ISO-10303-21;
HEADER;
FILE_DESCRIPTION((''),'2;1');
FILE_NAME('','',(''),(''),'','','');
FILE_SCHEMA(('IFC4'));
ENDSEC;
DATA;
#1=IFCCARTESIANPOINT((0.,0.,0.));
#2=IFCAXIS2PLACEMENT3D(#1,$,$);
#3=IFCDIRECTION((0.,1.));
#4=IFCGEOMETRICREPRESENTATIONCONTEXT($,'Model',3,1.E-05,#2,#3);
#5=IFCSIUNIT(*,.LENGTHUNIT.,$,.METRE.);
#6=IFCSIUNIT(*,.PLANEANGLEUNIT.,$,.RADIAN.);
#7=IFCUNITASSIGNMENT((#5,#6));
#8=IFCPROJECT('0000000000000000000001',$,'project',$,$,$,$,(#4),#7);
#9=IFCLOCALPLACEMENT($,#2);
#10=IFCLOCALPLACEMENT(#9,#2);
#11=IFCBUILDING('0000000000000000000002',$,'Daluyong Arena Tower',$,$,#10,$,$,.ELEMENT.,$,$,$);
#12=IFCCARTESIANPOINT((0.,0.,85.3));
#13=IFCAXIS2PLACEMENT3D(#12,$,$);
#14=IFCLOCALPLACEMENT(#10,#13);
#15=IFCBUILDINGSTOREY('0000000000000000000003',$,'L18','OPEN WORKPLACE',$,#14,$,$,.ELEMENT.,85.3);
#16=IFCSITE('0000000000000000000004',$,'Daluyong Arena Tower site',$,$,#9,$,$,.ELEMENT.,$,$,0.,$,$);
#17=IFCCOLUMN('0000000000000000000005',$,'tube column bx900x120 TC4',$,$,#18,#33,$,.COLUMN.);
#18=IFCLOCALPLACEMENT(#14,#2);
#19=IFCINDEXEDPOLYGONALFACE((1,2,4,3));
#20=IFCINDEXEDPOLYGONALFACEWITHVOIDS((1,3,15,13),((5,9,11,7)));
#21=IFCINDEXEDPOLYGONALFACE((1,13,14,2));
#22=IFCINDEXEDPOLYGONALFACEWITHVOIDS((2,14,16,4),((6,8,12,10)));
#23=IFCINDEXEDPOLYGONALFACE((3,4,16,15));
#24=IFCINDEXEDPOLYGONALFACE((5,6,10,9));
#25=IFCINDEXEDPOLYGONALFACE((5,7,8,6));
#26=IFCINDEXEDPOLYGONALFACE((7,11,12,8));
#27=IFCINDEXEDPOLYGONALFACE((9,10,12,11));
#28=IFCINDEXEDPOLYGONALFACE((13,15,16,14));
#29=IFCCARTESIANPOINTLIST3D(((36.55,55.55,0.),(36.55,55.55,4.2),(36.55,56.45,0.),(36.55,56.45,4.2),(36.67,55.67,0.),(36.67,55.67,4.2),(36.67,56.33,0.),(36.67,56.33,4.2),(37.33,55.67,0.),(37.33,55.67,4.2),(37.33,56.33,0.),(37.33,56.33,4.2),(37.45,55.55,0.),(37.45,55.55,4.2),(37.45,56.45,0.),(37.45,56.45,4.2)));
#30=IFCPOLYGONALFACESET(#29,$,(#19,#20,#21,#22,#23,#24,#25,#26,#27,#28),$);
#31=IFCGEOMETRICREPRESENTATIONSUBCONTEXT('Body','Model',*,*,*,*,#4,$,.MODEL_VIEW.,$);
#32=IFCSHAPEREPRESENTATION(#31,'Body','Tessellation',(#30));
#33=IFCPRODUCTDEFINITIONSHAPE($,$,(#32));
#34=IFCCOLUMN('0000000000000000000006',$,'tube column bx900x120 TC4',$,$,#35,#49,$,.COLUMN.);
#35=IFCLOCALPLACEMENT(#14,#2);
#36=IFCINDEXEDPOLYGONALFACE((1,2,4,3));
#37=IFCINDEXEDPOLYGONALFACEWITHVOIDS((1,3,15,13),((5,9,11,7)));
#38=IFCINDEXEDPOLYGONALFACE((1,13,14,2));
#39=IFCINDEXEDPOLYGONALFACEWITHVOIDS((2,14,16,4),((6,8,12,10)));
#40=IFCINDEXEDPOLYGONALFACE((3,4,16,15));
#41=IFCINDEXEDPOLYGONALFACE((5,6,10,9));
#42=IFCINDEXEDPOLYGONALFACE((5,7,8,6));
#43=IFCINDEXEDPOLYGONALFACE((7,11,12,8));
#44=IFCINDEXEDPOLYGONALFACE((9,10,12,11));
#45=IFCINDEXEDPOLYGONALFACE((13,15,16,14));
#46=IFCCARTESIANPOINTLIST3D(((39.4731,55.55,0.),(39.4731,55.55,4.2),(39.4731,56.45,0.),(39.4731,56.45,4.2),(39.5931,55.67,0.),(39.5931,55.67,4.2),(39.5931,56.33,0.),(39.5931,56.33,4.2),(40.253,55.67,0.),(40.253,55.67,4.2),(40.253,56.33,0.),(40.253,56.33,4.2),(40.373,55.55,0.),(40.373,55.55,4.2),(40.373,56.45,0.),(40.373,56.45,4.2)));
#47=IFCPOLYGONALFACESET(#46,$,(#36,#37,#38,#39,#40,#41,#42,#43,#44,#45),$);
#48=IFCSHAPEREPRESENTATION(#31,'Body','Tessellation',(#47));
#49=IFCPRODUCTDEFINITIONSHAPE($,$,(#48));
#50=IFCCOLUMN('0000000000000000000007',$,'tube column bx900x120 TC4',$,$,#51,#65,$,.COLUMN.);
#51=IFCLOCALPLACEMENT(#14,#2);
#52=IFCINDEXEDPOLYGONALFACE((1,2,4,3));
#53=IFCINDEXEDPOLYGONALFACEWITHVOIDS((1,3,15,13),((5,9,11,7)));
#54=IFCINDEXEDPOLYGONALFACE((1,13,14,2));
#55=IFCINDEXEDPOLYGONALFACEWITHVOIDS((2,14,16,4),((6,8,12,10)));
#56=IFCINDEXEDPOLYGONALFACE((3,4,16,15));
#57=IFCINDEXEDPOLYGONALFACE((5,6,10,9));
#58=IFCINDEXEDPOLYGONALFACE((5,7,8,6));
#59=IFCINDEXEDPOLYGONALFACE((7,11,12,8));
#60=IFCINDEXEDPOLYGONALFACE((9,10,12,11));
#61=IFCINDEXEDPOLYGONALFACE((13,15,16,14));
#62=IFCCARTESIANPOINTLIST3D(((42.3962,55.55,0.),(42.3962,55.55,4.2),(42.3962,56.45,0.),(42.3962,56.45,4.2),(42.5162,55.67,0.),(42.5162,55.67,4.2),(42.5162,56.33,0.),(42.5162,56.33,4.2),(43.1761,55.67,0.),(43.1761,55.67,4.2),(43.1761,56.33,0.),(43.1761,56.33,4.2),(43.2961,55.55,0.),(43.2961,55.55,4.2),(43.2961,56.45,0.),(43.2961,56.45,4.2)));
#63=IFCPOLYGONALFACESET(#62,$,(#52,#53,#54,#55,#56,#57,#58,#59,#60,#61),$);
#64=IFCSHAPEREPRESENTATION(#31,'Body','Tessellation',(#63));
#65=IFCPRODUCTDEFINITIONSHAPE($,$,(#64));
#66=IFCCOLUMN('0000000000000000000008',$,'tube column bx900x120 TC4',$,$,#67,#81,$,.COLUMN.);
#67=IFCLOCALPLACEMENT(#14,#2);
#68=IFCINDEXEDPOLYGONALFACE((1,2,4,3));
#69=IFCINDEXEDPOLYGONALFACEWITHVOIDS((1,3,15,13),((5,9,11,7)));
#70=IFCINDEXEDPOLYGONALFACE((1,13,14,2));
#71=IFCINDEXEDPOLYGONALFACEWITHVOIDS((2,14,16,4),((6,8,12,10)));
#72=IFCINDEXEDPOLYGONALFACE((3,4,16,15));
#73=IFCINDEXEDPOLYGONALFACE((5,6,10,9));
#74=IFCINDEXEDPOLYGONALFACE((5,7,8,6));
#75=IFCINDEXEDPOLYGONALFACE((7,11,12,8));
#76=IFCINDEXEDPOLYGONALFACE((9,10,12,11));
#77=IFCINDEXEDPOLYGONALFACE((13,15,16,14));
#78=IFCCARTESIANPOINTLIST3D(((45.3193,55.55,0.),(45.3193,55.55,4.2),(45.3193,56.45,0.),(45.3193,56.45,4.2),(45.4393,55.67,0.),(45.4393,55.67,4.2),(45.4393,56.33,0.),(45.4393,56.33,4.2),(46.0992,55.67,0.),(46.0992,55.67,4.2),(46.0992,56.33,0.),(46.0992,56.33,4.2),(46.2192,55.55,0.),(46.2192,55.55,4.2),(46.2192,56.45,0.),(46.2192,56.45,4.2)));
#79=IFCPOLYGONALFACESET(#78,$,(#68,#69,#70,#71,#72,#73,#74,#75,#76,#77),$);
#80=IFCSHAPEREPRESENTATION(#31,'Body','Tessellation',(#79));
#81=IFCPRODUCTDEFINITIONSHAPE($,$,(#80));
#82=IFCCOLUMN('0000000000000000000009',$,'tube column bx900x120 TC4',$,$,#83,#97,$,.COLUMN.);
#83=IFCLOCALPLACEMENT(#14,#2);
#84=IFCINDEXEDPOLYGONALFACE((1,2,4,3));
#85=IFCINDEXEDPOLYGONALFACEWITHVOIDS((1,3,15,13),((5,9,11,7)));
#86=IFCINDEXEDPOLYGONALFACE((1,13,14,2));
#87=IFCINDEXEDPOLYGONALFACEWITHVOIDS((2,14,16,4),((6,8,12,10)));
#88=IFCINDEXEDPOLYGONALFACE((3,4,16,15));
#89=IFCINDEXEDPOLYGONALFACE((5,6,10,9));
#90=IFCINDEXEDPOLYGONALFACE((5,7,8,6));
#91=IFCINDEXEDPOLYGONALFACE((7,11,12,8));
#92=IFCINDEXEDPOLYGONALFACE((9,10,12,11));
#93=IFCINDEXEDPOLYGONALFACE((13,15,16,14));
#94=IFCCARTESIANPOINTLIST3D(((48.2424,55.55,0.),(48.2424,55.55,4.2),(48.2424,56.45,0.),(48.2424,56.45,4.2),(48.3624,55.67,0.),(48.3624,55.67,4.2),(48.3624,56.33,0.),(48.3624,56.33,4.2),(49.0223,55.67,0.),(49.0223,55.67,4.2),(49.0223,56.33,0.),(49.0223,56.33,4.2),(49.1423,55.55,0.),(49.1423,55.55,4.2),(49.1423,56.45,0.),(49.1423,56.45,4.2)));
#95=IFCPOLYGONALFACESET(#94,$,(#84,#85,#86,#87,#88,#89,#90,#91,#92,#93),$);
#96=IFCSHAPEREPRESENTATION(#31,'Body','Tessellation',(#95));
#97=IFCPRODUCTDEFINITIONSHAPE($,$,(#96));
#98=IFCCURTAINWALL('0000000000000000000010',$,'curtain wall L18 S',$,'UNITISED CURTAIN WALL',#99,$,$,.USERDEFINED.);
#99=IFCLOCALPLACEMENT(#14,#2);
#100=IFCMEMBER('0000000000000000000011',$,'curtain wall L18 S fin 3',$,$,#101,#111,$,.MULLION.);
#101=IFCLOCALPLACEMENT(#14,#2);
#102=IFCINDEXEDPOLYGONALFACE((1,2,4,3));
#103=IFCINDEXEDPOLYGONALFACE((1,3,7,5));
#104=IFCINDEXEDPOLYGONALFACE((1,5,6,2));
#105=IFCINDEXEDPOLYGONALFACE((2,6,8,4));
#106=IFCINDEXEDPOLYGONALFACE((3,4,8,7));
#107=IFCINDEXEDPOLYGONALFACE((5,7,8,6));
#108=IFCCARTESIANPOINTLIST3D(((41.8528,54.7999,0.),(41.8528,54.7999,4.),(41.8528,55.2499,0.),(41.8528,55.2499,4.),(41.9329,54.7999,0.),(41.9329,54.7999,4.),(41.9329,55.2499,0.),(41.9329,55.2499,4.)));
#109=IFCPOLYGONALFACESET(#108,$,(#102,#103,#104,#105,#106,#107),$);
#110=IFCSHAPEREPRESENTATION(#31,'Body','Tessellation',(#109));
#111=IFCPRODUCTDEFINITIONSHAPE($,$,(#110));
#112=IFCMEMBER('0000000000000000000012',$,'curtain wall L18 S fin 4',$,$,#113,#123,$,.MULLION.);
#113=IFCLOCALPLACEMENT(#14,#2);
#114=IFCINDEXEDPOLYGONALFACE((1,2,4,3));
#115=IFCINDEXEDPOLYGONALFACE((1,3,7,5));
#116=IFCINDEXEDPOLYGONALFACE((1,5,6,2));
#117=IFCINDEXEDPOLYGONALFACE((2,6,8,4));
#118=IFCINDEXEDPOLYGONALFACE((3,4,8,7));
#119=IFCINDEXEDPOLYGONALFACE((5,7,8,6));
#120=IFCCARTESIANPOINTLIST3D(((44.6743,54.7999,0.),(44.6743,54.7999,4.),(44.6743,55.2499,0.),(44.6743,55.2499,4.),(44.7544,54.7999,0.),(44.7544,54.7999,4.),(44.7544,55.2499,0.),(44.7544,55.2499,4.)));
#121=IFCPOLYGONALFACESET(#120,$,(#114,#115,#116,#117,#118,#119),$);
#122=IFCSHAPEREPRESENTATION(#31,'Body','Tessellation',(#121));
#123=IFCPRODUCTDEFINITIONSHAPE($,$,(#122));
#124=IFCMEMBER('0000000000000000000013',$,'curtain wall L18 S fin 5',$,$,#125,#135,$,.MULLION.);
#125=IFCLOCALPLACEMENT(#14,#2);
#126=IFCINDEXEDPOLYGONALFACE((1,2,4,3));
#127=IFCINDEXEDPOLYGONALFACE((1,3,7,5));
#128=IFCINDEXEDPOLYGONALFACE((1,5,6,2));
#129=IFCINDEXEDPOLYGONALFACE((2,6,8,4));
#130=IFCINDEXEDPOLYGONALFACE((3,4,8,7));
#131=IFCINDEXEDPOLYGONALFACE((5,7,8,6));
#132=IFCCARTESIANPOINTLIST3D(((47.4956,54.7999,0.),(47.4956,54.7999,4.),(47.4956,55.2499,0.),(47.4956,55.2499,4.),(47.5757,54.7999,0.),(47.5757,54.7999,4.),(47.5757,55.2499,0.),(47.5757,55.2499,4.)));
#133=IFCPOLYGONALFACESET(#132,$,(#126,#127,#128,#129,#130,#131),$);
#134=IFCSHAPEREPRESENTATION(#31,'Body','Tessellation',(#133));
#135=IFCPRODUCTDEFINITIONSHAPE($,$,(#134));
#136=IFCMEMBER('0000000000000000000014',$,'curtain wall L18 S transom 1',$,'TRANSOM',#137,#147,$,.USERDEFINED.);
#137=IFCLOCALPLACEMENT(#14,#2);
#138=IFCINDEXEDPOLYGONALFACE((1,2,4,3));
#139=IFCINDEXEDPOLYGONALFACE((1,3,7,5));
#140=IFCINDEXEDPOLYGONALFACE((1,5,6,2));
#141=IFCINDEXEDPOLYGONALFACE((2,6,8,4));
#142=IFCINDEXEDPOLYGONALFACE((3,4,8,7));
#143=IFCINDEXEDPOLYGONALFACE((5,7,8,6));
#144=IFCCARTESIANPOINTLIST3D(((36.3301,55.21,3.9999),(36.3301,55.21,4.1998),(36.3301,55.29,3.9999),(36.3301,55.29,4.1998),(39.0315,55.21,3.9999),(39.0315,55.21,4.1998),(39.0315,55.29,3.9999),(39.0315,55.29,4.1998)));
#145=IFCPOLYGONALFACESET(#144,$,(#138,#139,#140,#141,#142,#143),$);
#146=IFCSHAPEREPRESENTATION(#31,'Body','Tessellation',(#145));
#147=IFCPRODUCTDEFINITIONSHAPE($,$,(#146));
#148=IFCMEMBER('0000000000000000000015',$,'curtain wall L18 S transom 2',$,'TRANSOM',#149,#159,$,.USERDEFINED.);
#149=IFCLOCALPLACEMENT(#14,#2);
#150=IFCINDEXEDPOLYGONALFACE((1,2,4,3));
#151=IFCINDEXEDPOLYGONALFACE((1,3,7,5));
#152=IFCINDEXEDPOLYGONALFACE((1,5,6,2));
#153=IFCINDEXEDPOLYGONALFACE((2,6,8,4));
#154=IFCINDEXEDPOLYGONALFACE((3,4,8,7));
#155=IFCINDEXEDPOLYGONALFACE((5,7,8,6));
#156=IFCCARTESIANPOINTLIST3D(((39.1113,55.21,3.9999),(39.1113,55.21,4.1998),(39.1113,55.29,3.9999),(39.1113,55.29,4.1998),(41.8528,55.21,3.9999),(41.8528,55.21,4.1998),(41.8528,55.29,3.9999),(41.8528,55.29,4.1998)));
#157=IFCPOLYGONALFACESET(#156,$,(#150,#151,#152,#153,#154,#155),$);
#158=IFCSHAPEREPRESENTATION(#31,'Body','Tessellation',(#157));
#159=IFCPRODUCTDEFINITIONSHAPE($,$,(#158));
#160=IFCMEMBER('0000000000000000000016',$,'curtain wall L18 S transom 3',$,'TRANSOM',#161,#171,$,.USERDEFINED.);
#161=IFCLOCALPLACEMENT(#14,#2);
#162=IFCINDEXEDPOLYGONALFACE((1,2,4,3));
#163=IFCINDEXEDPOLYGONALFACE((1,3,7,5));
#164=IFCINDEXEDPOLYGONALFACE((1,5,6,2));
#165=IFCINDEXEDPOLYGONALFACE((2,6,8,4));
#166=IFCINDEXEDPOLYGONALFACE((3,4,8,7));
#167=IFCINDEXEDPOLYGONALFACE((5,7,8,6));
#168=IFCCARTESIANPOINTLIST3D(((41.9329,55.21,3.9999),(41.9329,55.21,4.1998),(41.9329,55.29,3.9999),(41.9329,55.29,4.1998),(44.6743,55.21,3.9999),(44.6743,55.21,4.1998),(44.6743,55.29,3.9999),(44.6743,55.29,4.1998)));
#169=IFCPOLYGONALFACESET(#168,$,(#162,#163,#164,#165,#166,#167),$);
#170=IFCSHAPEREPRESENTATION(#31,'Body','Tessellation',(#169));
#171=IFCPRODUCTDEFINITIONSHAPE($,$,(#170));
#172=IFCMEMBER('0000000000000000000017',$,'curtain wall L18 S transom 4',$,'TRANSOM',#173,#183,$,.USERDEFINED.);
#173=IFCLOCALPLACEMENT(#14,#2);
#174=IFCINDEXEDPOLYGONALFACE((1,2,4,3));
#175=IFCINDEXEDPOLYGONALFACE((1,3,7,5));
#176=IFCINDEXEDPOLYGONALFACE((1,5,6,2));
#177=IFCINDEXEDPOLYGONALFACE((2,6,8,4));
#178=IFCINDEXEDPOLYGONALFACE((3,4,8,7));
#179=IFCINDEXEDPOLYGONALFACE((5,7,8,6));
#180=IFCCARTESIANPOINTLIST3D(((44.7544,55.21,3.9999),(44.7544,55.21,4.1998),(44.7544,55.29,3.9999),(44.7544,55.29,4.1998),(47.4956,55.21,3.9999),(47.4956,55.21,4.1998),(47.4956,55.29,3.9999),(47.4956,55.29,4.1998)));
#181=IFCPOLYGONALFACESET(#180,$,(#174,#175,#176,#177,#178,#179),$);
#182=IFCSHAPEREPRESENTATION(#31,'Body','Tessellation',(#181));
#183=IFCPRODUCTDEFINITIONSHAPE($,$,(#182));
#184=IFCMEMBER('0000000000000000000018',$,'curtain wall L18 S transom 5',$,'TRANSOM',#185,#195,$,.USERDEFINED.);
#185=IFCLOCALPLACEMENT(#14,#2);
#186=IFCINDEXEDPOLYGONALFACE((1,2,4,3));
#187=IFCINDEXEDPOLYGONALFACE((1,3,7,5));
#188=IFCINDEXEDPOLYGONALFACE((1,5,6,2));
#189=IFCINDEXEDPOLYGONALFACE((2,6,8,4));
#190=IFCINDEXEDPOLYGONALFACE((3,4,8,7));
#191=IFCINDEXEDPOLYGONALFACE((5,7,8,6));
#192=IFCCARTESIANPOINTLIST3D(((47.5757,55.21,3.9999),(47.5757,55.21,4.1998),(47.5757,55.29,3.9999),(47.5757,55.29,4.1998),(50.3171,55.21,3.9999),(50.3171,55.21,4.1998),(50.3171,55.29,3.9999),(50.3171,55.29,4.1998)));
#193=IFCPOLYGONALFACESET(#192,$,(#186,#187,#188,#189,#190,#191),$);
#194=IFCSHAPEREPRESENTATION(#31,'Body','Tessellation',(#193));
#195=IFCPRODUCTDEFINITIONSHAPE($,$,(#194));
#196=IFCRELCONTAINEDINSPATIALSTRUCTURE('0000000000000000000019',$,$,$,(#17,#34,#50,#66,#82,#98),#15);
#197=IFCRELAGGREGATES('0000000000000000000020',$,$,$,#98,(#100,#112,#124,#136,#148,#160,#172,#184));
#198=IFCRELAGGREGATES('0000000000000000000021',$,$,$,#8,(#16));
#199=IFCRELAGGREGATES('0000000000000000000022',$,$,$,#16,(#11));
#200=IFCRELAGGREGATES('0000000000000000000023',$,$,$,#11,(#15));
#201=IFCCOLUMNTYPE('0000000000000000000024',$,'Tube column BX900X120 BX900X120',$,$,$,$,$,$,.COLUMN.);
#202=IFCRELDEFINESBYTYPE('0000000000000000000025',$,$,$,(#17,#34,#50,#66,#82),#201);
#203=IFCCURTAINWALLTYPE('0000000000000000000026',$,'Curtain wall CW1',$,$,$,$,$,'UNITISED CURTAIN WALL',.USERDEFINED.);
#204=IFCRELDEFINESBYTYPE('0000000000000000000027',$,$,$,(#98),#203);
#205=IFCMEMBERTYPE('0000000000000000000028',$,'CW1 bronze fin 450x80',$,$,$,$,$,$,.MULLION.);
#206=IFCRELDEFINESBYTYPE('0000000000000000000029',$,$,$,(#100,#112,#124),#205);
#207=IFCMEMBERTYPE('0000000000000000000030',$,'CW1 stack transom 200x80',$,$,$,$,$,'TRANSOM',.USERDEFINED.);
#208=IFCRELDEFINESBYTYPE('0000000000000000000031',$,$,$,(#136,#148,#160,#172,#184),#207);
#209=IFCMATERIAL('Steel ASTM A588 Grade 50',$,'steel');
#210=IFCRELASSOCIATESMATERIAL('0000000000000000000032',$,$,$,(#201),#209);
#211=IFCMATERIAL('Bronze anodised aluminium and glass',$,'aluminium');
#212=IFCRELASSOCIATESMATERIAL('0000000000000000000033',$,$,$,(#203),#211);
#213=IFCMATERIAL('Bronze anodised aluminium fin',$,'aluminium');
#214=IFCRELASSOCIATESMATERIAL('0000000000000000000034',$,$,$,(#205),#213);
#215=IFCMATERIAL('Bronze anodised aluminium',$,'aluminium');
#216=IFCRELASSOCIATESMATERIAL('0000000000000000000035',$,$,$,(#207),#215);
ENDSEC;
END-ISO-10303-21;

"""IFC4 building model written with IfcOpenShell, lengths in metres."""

from ifc_helpers import new_model, si_unit, direction, frame, origin, origin_2d, place, context, subcontext, project, spatial, rectangle, hollow_rectangle, extrude, material, material_profile, profile_set, type_object, element, aggregate, save


model = new_model("IFC4")

# Units and contexts
model_context = context("Model", 3, precision=1e-05, world=origin(), true_north=direction((0.0, 1.0)))
body_context = subcontext(model_context, "Body", "Model", "MODEL_VIEW")
ifc_project = project(units=[si_unit("LENGTHUNIT", "METRE"), si_unit("PLANEANGLEUNIT", "RADIAN")], contexts=[model_context])

# Site, building, storey
site_placement = place(None, origin())
site = spatial("IfcSite", under=ifc_project, at=site_placement, Name="Daluyong Arena Tower site", CompositionType="ELEMENT", RefElevation=0.0)
building_placement = place(site_placement, origin())
building = spatial("IfcBuilding", under=site, at=building_placement, Name="Daluyong Arena Tower", CompositionType="ELEMENT")
storey_placement = place(building_placement, frame((0.0, 0.0, 85.3)))
storey = spatial("IfcBuildingStorey", under=building, at=storey_placement, Name="L18", Description="OPEN WORKPLACE", CompositionType="ELEMENT", Elevation=85.3)

# Columns
ifc_material_1 = material(Name="Steel ASTM A588 Grade 50", Category="steel")
ifc_material_profile_1 = material_profile(ifc_material_1, hollow_rectangle(XDim=0.8999, YDim=0.8999, WallThickness=0.12, at=origin_2d()))
ifc_profile_set_1 = profile_set([ifc_material_profile_1], Name="Steel ASTM A588 Grade 50")
column_type = type_object("IfcColumnType", Name="Tube column BX900X120 BX900X120", PredefinedType="COLUMN", material=ifc_profile_set_1)
for number, where, z_axis, x_axis, name in (
    (1, (37.0, 56.0, 0.0), (0.0, 0.0, 1.0), (1.0, 0.0, 0.0), "tube column bx900x120 TC4"),
    (2, (39.9231, 56.0, 0.0), (0.0, 0.0, 1.0), (1.0, 0.0, 0.0), "tube column bx900x120 TC4"),
    (3, (42.8462, 56.0, 0.0), (0.0, 0.0, 1.0), (1.0, 0.0, 0.0), "tube column bx900x120 TC4"),
    (4, (45.7693, 56.0, 0.0), (0.0, 0.0, 1.0), (1.0, 0.0, 0.0), "tube column bx900x120 TC4"),
    (5, (48.6924, 56.0, 0.0), (0.0, 0.0, 1.0), (1.0, 0.0, 0.0), "tube column bx900x120 TC4"),
):
    element("IfcColumn", number, at=place(storey_placement, frame(where, z_axis=z_axis, x_axis=x_axis)), inside=storey, type_object=column_type, Name=name, PredefinedType="COLUMN", context=body_context, shape_type="SweptSolid", body=[
        extrude(hollow_rectangle(XDim=0.8999, YDim=0.8999, WallThickness=0.12, at=origin_2d()), origin(), (0.0, 0.0, 1.0), 4.2),
    ])

# Curtain wall, members
ifc_material_2 = material(Name="Bronze anodised aluminium and glass", Category="aluminium")
curtain_wall_type_1 = type_object("IfcCurtainWallType", Name="Curtain wall CW1", ElementType="UNITISED CURTAIN WALL", PredefinedType="USERDEFINED", material=ifc_material_2)
curtain_wall_1_placement = place(storey_placement, origin())
curtain_wall_1 = element("IfcCurtainWall", 6, at=curtain_wall_1_placement, inside=storey, type_object=curtain_wall_type_1, Name="curtain wall L18 S", ObjectType="UNITISED CURTAIN WALL", PredefinedType="USERDEFINED")
ifc_material_3 = material(Name="Bronze anodised aluminium fin", Category="aluminium")
ifc_material_profile_2 = material_profile(ifc_material_3, rectangle(XDim=0.45, YDim=0.0801, at=origin_2d()))
ifc_profile_set_2 = profile_set([ifc_material_profile_2], Name="Bronze anodised aluminium fin")
member_type_1 = type_object("IfcMemberType", Name="CW1 bronze fin 450x80", PredefinedType="MULLION", material=ifc_profile_set_2)
member_1_placement = place(storey_placement, frame((41.8928, 55.0249, 0.0), z_axis=(0.0, 0.0, 1.0), x_axis=(0.0, 1.0, 0.0)))
member_1 = element("IfcMember", 7, at=member_1_placement, type_object=member_type_1, Name="curtain wall L18 S fin 3", PredefinedType="MULLION", context=body_context, shape_type="SweptSolid", body=[
    extrude(rectangle(XDim=0.45, YDim=0.0801, at=origin_2d()), origin(), (0.0, 0.0, 1.0), 4.0),
])
member_2_placement = place(storey_placement, frame((44.7144, 55.0249, 0.0), z_axis=(0.0, 0.0, 1.0), x_axis=(0.0, 1.0, 0.0)))
member_2 = element("IfcMember", 8, at=member_2_placement, type_object=member_type_1, Name="curtain wall L18 S fin 4", PredefinedType="MULLION", context=body_context, shape_type="SweptSolid", body=[
    extrude(rectangle(XDim=0.45, YDim=0.0801, at=origin_2d()), origin(), (0.0, 0.0, 1.0), 4.0),
])
member_3_placement = place(storey_placement, frame((47.5356, 55.0249, 0.0), z_axis=(0.0, 0.0, 1.0), x_axis=(0.0, 1.0, 0.0)))
member_3 = element("IfcMember", 9, at=member_3_placement, type_object=member_type_1, Name="curtain wall L18 S fin 5", PredefinedType="MULLION", context=body_context, shape_type="SweptSolid", body=[
    extrude(rectangle(XDim=0.45, YDim=0.0801, at=origin_2d()), origin(), (0.0, 0.0, 1.0), 4.0),
])
ifc_material_4 = material(Name="Bronze anodised aluminium", Category="aluminium")
ifc_material_profile_3 = material_profile(ifc_material_4, rectangle(XDim=0.0801, YDim=0.2, at=origin_2d()))
ifc_profile_set_3 = profile_set([ifc_material_profile_3], Name="Bronze anodised aluminium")
member_type_2 = type_object("IfcMemberType", Name="CW1 stack transom 200x80", ElementType="TRANSOM", PredefinedType="USERDEFINED", material=ifc_profile_set_3)
member_4_placement = place(storey_placement, frame((36.3301, 55.25, 4.0999), z_axis=(1.0, 0.0, 0.0), x_axis=(0.0, 1.0, 0.0)))
member_4 = element("IfcMember", 10, at=member_4_placement, type_object=member_type_2, Name="curtain wall L18 S transom 1", ObjectType="TRANSOM", PredefinedType="USERDEFINED", context=body_context, shape_type="SweptSolid", body=[
    extrude(rectangle(XDim=0.0801, YDim=0.2, at=origin_2d()), origin(), (0.0, 0.0, 1.0), 2.7014),
])
member_5_placement = place(storey_placement, frame((39.1113, 55.25, 4.0999), z_axis=(1.0, 0.0, 0.0), x_axis=(0.0, 1.0, 0.0)))
member_5 = element("IfcMember", 11, at=member_5_placement, type_object=member_type_2, Name="curtain wall L18 S transom 2", ObjectType="TRANSOM", PredefinedType="USERDEFINED", context=body_context, shape_type="SweptSolid", body=[
    extrude(rectangle(XDim=0.0801, YDim=0.2, at=origin_2d()), origin(), (0.0, 0.0, 1.0), 2.7415),
])
member_6_placement = place(storey_placement, frame((41.9329, 55.25, 4.0999), z_axis=(1.0, 0.0, 0.0), x_axis=(0.0, 1.0, 0.0)))
member_6 = element("IfcMember", 12, at=member_6_placement, type_object=member_type_2, Name="curtain wall L18 S transom 3", ObjectType="TRANSOM", PredefinedType="USERDEFINED", context=body_context, shape_type="SweptSolid", body=[
    extrude(rectangle(XDim=0.0801, YDim=0.2, at=origin_2d()), origin(), (0.0, 0.0, 1.0), 2.7415),
])
member_7_placement = place(storey_placement, frame((44.7544, 55.25, 4.0999), z_axis=(1.0, 0.0, 0.0), x_axis=(0.0, 1.0, 0.0)))
member_7 = element("IfcMember", 13, at=member_7_placement, type_object=member_type_2, Name="curtain wall L18 S transom 4", ObjectType="TRANSOM", PredefinedType="USERDEFINED", context=body_context, shape_type="SweptSolid", body=[
    extrude(rectangle(XDim=0.0801, YDim=0.2, at=origin_2d()), origin(), (0.0, 0.0, 1.0), 2.7412),
])
member_8_placement = place(storey_placement, frame((47.5757, 55.25, 4.0999), z_axis=(1.0, 0.0, 0.0), x_axis=(0.0, 1.0, 0.0)))
member_8 = element("IfcMember", 14, at=member_8_placement, type_object=member_type_2, Name="curtain wall L18 S transom 5", ObjectType="TRANSOM", PredefinedType="USERDEFINED", context=body_context, shape_type="SweptSolid", body=[
    extrude(rectangle(XDim=0.0801, YDim=0.2, at=origin_2d()), origin(), (0.0, 0.0, 1.0), 2.7415),
])

aggregate(curtain_wall_1, [member_1, member_2, member_3, member_4, member_5, member_6, member_7, member_8])

save(model, "model.ifc")
